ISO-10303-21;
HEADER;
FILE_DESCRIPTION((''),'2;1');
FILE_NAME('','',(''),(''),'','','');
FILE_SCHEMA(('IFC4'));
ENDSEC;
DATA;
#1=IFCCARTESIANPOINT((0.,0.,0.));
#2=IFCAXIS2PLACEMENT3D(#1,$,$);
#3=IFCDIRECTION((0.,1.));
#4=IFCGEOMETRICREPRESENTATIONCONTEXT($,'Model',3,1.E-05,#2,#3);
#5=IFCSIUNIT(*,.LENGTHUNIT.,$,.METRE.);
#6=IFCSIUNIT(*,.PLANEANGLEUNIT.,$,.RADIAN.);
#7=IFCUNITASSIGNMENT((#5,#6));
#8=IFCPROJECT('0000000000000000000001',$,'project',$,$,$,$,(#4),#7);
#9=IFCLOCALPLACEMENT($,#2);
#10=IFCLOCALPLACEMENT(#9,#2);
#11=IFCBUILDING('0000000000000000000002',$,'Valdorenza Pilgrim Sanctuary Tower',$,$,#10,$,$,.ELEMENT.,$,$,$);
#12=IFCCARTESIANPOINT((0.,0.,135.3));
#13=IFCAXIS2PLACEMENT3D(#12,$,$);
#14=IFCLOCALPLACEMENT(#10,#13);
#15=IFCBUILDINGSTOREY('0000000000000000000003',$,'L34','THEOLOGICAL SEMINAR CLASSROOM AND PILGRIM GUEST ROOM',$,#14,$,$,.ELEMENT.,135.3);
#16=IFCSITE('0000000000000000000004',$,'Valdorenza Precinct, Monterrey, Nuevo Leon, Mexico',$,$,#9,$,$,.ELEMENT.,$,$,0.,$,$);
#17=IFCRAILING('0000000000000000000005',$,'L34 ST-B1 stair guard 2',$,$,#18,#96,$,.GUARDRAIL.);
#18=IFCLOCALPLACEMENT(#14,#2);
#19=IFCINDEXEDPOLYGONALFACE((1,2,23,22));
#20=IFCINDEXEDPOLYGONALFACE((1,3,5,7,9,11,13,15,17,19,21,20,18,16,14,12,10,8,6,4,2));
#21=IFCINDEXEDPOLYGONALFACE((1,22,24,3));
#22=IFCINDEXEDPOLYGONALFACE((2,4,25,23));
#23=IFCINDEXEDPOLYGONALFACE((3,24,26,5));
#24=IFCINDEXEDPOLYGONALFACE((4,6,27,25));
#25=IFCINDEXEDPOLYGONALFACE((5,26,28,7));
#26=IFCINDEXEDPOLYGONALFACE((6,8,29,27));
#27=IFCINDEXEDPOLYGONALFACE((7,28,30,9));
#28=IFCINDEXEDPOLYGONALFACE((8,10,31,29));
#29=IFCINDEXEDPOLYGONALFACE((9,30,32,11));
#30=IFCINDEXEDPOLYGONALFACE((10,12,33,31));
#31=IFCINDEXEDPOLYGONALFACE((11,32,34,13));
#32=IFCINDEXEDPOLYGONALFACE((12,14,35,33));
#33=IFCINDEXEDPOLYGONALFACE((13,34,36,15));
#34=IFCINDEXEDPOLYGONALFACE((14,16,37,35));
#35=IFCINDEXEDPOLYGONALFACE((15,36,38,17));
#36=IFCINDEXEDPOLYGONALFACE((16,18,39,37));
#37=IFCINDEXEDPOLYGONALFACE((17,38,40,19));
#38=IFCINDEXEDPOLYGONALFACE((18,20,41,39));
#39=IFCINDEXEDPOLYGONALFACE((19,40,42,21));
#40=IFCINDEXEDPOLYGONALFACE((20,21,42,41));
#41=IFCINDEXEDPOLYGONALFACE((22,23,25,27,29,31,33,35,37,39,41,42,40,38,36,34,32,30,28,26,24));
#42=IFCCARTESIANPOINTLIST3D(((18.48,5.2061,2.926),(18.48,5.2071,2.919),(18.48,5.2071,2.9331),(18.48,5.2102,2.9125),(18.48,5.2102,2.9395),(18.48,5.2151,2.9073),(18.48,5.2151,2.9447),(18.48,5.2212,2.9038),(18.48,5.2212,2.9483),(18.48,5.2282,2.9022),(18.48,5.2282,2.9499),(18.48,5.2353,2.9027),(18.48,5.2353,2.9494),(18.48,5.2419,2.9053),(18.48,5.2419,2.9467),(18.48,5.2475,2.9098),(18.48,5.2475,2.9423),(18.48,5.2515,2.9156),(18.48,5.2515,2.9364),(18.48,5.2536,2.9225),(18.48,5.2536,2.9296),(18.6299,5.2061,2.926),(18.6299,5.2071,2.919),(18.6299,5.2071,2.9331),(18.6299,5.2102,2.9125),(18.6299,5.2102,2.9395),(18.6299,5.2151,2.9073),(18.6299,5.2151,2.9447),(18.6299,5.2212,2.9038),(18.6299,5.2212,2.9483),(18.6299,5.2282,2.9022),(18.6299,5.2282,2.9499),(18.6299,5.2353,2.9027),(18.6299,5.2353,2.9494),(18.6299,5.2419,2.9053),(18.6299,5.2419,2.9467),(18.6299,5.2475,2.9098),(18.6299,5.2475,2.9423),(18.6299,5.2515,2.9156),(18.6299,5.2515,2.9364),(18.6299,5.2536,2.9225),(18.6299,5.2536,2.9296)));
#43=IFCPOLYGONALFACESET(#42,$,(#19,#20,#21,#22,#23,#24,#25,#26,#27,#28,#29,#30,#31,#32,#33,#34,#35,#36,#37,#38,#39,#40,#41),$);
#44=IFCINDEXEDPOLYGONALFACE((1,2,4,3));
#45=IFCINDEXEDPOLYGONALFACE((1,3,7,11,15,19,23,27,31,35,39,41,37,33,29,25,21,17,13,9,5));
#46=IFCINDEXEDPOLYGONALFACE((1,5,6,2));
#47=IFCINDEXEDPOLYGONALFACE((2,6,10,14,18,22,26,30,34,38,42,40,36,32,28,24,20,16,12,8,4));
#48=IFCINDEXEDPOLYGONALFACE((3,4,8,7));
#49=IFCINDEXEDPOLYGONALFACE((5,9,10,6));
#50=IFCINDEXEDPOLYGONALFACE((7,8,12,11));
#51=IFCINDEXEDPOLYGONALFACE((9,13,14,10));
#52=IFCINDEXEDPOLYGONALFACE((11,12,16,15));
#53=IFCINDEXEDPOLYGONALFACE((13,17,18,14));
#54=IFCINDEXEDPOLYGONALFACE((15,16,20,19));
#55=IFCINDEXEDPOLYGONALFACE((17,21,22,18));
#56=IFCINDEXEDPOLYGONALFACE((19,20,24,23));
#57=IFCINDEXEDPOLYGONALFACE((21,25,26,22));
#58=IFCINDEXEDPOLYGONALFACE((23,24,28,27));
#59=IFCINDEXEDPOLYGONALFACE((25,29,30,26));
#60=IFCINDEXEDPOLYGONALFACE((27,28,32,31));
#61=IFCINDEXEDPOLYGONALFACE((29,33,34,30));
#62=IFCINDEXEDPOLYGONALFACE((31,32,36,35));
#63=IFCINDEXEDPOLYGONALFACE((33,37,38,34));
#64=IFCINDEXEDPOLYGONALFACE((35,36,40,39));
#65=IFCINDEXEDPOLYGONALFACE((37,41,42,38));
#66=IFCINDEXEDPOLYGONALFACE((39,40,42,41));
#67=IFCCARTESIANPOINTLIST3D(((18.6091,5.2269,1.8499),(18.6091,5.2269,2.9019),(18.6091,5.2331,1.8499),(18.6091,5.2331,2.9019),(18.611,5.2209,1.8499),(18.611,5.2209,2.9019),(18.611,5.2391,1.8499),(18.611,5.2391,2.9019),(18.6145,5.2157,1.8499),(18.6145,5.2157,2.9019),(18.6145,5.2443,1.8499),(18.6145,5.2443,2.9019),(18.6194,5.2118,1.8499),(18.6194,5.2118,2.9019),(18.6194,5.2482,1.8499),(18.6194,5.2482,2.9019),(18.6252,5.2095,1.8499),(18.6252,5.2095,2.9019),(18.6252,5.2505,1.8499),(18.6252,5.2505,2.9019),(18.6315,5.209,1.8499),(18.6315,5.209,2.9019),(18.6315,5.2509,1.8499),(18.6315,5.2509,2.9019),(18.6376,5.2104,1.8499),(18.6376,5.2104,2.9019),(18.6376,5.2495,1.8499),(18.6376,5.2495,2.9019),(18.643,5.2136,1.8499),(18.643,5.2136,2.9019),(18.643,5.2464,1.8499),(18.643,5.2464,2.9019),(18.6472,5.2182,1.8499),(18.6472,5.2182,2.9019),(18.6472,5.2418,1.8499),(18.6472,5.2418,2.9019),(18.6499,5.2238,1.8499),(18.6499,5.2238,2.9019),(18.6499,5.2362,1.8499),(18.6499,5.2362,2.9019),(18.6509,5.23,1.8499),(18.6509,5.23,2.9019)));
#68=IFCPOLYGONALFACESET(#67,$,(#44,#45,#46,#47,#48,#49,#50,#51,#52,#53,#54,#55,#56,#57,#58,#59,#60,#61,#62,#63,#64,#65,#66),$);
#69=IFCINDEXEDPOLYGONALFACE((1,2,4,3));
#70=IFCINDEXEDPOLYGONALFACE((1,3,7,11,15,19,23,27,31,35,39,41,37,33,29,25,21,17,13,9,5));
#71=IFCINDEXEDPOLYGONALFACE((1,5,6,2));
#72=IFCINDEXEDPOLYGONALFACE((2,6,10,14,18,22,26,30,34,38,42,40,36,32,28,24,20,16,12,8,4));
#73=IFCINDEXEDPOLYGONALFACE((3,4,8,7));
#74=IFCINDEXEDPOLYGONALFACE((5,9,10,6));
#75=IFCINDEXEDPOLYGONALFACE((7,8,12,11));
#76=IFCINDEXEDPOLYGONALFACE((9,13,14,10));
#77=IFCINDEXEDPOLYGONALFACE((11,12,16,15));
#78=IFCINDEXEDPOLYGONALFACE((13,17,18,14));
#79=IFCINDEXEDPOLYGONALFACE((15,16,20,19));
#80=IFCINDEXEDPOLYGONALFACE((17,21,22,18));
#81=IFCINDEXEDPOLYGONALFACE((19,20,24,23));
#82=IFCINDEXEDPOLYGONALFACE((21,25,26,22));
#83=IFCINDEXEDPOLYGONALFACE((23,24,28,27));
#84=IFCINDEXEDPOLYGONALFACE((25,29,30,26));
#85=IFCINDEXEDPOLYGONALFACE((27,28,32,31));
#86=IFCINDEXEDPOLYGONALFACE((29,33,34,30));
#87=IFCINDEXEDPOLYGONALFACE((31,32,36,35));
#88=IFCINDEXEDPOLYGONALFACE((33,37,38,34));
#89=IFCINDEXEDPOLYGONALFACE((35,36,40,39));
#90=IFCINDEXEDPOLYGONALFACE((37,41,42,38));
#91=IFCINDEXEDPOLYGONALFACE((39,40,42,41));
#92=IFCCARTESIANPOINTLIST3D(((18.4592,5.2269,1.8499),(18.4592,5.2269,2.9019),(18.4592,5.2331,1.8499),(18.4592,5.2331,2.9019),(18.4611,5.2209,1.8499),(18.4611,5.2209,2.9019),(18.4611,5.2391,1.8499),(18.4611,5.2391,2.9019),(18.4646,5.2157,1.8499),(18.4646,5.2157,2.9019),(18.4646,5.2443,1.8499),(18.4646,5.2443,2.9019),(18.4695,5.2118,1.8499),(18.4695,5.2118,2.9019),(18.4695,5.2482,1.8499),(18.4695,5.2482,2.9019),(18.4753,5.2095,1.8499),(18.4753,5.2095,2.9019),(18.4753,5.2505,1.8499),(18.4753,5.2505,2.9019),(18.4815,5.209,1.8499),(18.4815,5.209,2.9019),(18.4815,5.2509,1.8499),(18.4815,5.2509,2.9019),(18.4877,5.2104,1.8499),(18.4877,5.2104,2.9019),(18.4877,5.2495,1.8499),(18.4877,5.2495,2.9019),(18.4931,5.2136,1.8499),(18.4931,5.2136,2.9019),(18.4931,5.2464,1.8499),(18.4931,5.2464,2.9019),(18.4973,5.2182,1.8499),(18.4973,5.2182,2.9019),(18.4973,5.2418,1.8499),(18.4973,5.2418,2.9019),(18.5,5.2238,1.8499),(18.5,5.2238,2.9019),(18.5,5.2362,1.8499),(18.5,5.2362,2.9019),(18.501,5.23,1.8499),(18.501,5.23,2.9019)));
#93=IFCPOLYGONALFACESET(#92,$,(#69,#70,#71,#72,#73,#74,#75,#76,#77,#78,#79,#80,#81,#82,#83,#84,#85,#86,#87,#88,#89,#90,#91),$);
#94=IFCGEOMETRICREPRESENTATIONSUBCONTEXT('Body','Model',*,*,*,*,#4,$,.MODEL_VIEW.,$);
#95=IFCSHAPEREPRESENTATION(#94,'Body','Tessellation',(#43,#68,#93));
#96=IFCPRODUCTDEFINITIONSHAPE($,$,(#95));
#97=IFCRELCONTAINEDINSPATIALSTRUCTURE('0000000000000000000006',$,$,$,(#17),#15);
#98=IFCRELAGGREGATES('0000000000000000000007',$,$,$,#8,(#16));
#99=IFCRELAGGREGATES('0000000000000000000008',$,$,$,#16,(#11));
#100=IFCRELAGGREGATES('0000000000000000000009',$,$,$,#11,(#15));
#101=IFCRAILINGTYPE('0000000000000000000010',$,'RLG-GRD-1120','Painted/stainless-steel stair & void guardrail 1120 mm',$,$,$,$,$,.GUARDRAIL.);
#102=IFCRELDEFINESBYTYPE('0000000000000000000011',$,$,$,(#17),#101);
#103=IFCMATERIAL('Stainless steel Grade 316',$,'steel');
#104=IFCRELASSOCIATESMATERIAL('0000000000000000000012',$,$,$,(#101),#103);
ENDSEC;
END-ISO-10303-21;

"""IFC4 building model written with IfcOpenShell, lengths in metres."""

from ifc_helpers import new_model, si_unit, direction, frame, origin, origin_2d, place, context, subcontext, project, spatial, circle, extrude, material, type_object, element, save


model = new_model("IFC4")

# Units and contexts
model_context = context("Model", 3, precision=1e-05, world=origin(), true_north=direction((0.0, 1.0)))
body_context = subcontext(model_context, "Body", "Model", "MODEL_VIEW")
ifc_project = project(units=[si_unit("LENGTHUNIT", "METRE"), si_unit("PLANEANGLEUNIT", "RADIAN")], contexts=[model_context])

# Site, building, storey
site_placement = place(None, origin())
site = spatial("IfcSite", under=ifc_project, at=site_placement, Name="Valdorenza Precinct, Monterrey, Nuevo Leon, Mexico", CompositionType="ELEMENT", RefElevation=0.0)
building_placement = place(site_placement, origin())
building = spatial("IfcBuilding", under=site, at=building_placement, Name="Valdorenza Pilgrim Sanctuary Tower", CompositionType="ELEMENT")
storey_placement = place(building_placement, frame((0.0, 0.0, 135.3)))
storey = spatial("IfcBuildingStorey", under=building, at=storey_placement, Name="L34", Description="THEOLOGICAL SEMINAR CLASSROOM AND PILGRIM GUEST ROOM", CompositionType="ELEMENT", Elevation=135.3)

# Railing
ifc_material_1 = material(Name="Stainless steel Grade 316", Category="steel")
railing_type_1 = type_object("IfcRailingType", Name="RLG-GRD-1120", Description="Painted/stainless-steel stair & void guardrail 1120 mm", PredefinedType="GUARDRAIL", material=ifc_material_1)
railing_1_placement = place(storey_placement, frame((18.6299, 5.23, 1.8499)))
element("IfcRailing", 1, at=railing_1_placement, inside=storey, type_object=railing_type_1, Name="L34 ST-B1 stair guard 2", PredefinedType="GUARDRAIL", context=body_context, shape_type="SweptSolid", body=[
    extrude(circle(Radius=0.0239, at=origin_2d()), frame((0.0, 0.0, 1.0762), z_axis=(-1.0, 0.0, 0.0), x_axis=(0.0, -1.0, 0.0)), (0.0, 0.0, 1.0), 0.1499),
    extrude(circle(Radius=0.021, at=origin_2d()), origin(), (0.0, 0.0, 1.0), 1.052),
    extrude(circle(Radius=0.021, at=origin_2d()), frame((-0.1499, 0.0, 0.0)), (0.0, 0.0, 1.0), 1.052),
])

save(model, "model.ifc")
